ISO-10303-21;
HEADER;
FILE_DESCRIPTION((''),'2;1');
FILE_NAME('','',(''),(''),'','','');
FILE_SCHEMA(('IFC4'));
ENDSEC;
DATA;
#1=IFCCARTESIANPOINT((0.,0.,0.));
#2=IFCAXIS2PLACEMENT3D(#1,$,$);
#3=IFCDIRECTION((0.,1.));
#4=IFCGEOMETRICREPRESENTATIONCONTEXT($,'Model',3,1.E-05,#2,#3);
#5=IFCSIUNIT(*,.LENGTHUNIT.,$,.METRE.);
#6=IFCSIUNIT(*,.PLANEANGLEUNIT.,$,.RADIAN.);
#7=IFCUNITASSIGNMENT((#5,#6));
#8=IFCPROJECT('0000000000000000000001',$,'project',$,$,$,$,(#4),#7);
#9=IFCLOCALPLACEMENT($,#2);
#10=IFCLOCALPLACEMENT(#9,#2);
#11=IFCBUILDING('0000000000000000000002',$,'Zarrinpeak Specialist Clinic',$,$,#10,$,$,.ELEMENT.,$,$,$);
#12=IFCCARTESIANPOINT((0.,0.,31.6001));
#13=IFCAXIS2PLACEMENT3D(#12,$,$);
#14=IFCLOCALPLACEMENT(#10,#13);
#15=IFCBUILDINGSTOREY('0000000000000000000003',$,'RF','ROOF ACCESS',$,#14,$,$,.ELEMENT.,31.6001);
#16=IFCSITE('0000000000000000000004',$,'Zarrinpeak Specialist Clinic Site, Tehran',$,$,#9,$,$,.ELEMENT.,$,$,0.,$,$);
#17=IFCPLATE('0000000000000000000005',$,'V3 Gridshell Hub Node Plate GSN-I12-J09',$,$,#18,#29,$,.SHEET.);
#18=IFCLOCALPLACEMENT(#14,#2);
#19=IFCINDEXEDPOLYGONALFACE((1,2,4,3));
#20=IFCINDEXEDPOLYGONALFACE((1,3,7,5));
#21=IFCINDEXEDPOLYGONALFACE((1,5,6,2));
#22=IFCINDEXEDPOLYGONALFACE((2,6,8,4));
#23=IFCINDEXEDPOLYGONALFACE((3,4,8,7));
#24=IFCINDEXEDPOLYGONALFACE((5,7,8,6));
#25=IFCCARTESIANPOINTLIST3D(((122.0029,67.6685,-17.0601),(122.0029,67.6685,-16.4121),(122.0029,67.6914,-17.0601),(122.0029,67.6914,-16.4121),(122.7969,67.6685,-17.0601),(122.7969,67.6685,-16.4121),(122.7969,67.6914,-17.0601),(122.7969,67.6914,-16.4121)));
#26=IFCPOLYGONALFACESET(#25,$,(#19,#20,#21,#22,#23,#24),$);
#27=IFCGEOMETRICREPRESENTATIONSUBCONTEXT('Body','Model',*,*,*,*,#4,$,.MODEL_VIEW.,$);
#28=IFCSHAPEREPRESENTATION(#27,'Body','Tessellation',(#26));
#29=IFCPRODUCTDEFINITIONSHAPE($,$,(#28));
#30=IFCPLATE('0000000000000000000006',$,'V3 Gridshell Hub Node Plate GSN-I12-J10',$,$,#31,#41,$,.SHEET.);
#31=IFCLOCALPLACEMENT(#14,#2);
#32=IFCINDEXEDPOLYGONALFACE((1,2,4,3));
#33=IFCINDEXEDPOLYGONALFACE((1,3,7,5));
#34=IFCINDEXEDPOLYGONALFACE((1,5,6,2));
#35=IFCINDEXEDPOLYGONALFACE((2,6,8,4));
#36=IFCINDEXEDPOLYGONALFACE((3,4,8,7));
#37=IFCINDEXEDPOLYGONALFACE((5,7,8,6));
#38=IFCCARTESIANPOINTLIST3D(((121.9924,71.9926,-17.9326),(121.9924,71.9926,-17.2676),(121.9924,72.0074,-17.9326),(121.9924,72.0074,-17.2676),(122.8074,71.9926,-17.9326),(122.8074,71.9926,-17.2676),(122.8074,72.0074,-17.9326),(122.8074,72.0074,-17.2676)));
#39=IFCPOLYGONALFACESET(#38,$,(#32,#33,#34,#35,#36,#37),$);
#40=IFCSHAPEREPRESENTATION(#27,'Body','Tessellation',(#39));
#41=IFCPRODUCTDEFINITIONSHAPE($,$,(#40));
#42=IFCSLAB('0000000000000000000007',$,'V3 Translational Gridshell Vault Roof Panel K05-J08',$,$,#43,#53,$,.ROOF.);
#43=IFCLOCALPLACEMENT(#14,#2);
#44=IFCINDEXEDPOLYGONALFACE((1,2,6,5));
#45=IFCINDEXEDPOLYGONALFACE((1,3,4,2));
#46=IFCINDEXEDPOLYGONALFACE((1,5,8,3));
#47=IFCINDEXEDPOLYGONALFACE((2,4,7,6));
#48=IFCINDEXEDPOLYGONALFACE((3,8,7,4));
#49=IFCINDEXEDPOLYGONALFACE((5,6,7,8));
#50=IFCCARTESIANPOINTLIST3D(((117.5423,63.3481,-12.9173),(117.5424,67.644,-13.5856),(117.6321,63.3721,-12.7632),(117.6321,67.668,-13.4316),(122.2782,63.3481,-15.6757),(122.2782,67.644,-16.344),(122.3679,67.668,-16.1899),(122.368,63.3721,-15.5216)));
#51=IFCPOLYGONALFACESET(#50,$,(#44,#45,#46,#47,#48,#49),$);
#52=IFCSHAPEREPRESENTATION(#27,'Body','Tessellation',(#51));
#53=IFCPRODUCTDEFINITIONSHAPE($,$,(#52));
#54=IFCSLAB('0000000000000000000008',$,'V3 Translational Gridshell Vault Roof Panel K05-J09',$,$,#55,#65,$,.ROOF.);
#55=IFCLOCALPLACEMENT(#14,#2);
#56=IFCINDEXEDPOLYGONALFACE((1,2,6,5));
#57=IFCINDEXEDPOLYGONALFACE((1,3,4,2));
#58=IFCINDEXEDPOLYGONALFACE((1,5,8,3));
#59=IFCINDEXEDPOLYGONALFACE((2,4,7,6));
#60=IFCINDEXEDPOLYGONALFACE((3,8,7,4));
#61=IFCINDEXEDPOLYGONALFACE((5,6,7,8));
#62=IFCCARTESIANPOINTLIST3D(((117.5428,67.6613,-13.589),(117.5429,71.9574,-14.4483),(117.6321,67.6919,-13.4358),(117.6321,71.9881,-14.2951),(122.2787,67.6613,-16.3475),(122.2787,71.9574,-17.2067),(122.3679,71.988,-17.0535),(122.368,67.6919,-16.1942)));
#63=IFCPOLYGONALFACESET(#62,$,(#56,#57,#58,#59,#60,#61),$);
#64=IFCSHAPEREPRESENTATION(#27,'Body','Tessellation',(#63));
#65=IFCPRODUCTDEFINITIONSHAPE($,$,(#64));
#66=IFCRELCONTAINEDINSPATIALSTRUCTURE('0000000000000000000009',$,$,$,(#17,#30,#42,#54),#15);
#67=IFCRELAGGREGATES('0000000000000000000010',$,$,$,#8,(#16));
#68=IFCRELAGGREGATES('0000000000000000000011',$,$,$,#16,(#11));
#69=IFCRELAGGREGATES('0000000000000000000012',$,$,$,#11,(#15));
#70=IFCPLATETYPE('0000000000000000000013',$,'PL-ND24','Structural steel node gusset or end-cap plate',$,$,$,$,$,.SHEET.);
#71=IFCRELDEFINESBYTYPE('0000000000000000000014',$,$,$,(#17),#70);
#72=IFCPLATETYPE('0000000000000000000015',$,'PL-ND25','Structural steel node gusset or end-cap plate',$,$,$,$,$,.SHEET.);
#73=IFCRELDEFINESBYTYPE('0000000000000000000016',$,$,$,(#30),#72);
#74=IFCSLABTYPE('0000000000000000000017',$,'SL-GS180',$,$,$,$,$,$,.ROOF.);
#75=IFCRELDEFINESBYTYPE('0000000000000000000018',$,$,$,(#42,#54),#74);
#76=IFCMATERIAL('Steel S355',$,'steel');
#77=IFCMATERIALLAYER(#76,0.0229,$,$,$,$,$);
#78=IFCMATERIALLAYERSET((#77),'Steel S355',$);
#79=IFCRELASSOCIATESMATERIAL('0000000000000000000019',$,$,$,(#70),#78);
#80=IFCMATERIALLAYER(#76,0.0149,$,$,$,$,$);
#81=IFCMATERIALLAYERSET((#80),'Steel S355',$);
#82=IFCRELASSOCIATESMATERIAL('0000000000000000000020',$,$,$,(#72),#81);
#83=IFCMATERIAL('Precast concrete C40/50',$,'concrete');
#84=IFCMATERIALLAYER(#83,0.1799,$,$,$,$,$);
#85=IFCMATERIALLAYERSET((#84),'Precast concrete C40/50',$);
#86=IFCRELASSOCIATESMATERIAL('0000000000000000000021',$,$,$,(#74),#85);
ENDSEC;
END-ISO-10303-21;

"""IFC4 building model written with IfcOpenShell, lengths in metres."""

from ifc_helpers import new_model, si_unit, direction, frame, origin, origin_2d, place, context, subcontext, project, spatial, polyline, rectangle, outline, extrude, material, layer, layer_set, type_object, element, save


model = new_model("IFC4")

# Units and contexts
model_context = context("Model", 3, precision=1e-05, world=origin(), true_north=direction((0.0, 1.0)))
body_context = subcontext(model_context, "Body", "Model", "MODEL_VIEW")
ifc_project = project(units=[si_unit("LENGTHUNIT", "METRE"), si_unit("PLANEANGLEUNIT", "RADIAN")], contexts=[model_context])

# Site, building, storey
site_placement = place(None, origin())
site = spatial("IfcSite", under=ifc_project, at=site_placement, Name="Zarrinpeak Specialist Clinic Site, Tehran", CompositionType="ELEMENT", RefElevation=0.0)
building_placement = place(site_placement, origin())
building = spatial("IfcBuilding", under=site, at=building_placement, Name="Zarrinpeak Specialist Clinic", CompositionType="ELEMENT")
storey_placement = place(building_placement, frame((0.0, 0.0, 31.6001)))
storey = spatial("IfcBuildingStorey", under=building, at=storey_placement, Name="RF", Description="ROOF ACCESS", CompositionType="ELEMENT", Elevation=31.6001)

# Shared definitions
ifc_material_1 = material(Name="Steel S355", Category="steel")

# Plates
ifc_layer_1 = layer(ifc_material_1, 0.0229)
ifc_layer_set_1 = layer_set([ifc_layer_1], Name="Steel S355")
plate_type_1 = type_object("IfcPlateType", Name="PL-ND24", Description="Structural steel node gusset or end-cap plate", PredefinedType="SHEET", material=ifc_layer_set_1)
plate_1_placement = place(storey_placement, frame((122.3999, 67.6799, -17.0601), z_axis=(0.0, 0.0, 1.0), x_axis=(1.0, 0.0, 0.0)))
element("IfcPlate", 1, at=plate_1_placement, inside=storey, type_object=plate_type_1, Name="V3 Gridshell Hub Node Plate GSN-I12-J09", PredefinedType="SHEET", context=body_context, shape_type="SweptSolid", body=[
    extrude(rectangle(XDim=0.7939, YDim=0.0229, at=origin_2d()), origin(), (0.0, 0.0, 1.0), 0.6479),
])
ifc_layer_2 = layer(ifc_material_1, 0.0149)
ifc_layer_set_2 = layer_set([ifc_layer_2], Name="Steel S355")
plate_type_2 = type_object("IfcPlateType", Name="PL-ND25", Description="Structural steel node gusset or end-cap plate", PredefinedType="SHEET", material=ifc_layer_set_2)
plate_2_placement = place(storey_placement, frame((122.3999, 72.0, -17.9326), z_axis=(0.0, 0.0, 1.0), x_axis=(1.0, 0.0, 0.0)))
element("IfcPlate", 2, at=plate_2_placement, inside=storey, type_object=plate_type_2, Name="V3 Gridshell Hub Node Plate GSN-I12-J10", PredefinedType="SHEET", context=body_context, shape_type="SweptSolid", body=[
    extrude(rectangle(XDim=0.8149, YDim=0.0149, at=origin_2d()), origin(), (0.0, 0.0, 1.0), 0.665),
])

# Slabs
ifc_material_2 = material(Name="Precast concrete C40/50", Category="concrete")
ifc_layer_3 = layer(ifc_material_2, 0.1799)
ifc_layer_set_3 = layer_set([ifc_layer_3], Name="Precast concrete C40/50")
slab_type = type_object("IfcSlabType", Name="SL-GS180", PredefinedType="ROOF", material=ifc_layer_set_3)
slab_1_placement = place(storey_placement, frame((117.6321, 63.3721, -12.7632), z_axis=(0.498819, 0.133235, 0.856404), x_axis=(0.864108, 0.000003, -0.503306)))
element("IfcSlab", 3, at=slab_1_placement, inside=storey, type_object=slab_type, Name="V3 Translational Gridshell Vault Roof Panel K05-J08", PredefinedType="ROOF", context=body_context, shape_type="SweptSolid", body=[
    extrude(outline(polyline([(0.0, 0.0), (5.4807, 0.0), (5.817, 4.3345), (0.3364, 4.3346), (0.0, 0.0)])), origin(), (0.0, 0.0, -1.0), 0.1799),
])
slab_2_placement = place(storey_placement, frame((117.6321, 67.6919, -13.4358), z_axis=(0.495954, 0.170302, 0.851485), x_axis=(0.864108, 0.000003, -0.503306)))
element("IfcSlab", 4, at=slab_2_placement, inside=storey, type_object=slab_type, Name="V3 Translational Gridshell Vault Roof Panel K05-J09", PredefinedType="ROOF", context=body_context, shape_type="SweptSolid", body=[
    extrude(outline(polyline([(0.0, 0.0), (5.4807, 0.0), (5.9131, 4.3598), (0.4325, 4.3598), (0.0, 0.0)])), origin(), (0.0, 0.0, -1.0), 0.1799),
])

save(model, "model.ifc")
